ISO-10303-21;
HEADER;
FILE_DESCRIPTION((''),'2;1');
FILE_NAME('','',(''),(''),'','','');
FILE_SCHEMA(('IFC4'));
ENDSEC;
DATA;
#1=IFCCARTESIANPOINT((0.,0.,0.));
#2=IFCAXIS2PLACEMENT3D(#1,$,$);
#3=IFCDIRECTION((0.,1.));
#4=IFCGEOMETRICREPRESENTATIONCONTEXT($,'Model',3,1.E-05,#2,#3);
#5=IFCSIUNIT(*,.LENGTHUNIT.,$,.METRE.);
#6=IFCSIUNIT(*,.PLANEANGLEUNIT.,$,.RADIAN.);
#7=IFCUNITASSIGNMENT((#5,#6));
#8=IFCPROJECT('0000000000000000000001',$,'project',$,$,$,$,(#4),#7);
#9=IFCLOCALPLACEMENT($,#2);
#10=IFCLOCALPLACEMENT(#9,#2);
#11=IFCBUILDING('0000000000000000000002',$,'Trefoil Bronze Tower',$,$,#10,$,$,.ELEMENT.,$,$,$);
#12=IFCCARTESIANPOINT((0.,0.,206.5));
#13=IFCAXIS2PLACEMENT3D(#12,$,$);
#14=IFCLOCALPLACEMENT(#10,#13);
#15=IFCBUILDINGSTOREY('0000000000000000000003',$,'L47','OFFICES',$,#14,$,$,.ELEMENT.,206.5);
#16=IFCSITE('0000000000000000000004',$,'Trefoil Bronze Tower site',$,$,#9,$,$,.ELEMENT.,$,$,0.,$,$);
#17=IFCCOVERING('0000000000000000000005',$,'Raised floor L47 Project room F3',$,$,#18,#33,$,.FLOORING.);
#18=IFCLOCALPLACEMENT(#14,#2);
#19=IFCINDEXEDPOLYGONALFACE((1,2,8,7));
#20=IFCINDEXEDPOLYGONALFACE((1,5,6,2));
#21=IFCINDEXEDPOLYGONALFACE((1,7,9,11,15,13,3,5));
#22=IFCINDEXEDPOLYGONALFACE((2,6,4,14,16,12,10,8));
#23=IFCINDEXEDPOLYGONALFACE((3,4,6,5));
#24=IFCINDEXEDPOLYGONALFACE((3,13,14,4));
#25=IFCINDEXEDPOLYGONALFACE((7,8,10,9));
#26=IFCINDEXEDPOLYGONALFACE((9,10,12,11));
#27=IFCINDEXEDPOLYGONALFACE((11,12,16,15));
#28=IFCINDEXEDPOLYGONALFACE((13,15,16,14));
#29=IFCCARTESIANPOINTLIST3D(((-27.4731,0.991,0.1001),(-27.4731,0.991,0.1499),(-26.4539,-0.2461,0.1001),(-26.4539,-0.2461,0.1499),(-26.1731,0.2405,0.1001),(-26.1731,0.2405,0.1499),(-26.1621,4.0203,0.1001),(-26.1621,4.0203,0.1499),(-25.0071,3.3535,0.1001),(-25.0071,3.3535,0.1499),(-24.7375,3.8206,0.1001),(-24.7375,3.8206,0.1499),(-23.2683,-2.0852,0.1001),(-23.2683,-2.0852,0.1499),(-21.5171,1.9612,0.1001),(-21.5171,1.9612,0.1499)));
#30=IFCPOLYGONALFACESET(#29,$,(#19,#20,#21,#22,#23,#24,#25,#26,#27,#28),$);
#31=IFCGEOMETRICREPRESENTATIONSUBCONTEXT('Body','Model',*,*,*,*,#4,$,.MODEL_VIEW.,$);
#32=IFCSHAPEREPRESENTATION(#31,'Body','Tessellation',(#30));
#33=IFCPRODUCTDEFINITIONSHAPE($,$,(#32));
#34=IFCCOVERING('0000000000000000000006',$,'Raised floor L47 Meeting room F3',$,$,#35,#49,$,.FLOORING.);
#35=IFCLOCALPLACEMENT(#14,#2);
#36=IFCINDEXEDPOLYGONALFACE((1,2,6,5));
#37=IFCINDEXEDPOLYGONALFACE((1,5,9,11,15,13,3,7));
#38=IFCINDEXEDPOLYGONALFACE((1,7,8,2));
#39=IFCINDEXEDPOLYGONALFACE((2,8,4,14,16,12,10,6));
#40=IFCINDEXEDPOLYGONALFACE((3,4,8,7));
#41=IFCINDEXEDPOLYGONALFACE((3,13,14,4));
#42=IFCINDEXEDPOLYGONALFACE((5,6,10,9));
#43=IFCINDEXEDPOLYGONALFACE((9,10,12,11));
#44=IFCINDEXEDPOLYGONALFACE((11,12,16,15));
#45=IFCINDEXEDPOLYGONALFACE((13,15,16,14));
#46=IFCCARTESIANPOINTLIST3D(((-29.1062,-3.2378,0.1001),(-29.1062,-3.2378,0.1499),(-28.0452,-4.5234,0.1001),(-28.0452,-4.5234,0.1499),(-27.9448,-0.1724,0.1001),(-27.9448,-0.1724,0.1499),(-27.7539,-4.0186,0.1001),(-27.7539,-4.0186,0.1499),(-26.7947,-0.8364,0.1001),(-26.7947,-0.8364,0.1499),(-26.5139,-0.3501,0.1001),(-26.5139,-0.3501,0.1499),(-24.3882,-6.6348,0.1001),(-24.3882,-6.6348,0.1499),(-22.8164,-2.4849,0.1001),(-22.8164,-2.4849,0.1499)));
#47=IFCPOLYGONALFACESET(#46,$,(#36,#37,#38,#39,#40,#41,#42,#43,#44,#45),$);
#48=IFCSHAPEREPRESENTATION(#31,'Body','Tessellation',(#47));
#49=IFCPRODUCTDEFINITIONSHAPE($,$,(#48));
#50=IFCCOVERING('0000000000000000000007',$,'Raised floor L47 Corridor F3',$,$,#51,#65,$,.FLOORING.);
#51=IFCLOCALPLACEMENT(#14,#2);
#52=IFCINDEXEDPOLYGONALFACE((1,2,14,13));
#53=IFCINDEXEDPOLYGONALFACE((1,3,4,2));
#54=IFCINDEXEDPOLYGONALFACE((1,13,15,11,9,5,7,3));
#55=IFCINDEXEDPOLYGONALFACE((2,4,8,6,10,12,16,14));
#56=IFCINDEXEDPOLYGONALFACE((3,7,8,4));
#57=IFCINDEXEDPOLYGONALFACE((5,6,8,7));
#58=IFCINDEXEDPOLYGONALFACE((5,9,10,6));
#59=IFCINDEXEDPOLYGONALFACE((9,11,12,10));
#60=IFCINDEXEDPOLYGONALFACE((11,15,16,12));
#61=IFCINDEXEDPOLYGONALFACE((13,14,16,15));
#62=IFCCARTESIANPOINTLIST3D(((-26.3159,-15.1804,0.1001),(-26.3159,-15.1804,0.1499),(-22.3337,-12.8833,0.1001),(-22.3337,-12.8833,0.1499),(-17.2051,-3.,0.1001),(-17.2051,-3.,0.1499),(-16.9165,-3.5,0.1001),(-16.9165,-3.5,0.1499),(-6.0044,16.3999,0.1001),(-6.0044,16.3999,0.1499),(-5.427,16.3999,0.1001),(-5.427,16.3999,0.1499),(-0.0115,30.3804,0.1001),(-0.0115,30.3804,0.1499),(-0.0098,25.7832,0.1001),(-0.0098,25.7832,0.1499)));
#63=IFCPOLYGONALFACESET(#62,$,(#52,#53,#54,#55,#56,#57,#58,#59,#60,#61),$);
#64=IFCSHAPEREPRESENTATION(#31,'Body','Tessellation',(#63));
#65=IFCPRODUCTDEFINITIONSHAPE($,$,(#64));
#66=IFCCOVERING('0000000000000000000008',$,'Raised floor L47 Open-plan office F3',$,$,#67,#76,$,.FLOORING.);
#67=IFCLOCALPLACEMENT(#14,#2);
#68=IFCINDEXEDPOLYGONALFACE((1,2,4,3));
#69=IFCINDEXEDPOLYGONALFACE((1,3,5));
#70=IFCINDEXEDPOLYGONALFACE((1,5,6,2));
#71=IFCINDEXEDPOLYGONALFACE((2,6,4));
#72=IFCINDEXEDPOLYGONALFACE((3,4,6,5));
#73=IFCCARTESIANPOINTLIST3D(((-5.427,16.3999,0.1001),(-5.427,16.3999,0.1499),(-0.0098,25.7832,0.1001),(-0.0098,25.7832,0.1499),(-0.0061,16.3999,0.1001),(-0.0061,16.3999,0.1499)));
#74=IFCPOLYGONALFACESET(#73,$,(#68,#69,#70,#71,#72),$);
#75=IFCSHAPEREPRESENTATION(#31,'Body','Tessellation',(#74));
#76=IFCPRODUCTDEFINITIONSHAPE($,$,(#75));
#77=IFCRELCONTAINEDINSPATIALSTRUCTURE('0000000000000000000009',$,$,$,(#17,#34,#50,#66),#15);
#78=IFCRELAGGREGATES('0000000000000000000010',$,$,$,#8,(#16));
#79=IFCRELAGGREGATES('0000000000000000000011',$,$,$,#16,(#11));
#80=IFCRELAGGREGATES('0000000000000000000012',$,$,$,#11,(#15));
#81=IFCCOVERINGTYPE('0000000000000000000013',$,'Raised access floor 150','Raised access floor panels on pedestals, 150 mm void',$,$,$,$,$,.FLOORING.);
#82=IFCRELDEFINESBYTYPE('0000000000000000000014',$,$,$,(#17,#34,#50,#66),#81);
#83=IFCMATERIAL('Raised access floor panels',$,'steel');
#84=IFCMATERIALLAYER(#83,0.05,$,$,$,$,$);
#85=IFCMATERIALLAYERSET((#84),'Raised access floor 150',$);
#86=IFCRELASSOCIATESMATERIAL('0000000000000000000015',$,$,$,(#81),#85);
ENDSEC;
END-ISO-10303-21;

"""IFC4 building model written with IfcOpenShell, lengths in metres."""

from ifc_helpers import new_model, si_unit, direction, frame, origin, place, context, subcontext, project, spatial, polyline, outline, extrude, material, layer, layer_set, type_object, element, save


model = new_model("IFC4")

# Units and contexts
model_context = context("Model", 3, precision=1e-05, world=origin(), true_north=direction((0.0, 1.0)))
body_context = subcontext(model_context, "Body", "Model", "MODEL_VIEW")
ifc_project = project(units=[si_unit("LENGTHUNIT", "METRE"), si_unit("PLANEANGLEUNIT", "RADIAN")], contexts=[model_context])

# Site, building, storey
site_placement = place(None, origin())
site = spatial("IfcSite", under=ifc_project, at=site_placement, Name="Trefoil Bronze Tower site", CompositionType="ELEMENT", RefElevation=0.0)
building_placement = place(site_placement, origin())
building = spatial("IfcBuilding", under=site, at=building_placement, Name="Trefoil Bronze Tower", CompositionType="ELEMENT")
storey_placement = place(building_placement, frame((0.0, 0.0, 206.5)))
storey = spatial("IfcBuildingStorey", under=building, at=storey_placement, Name="L47", Description="OFFICES", CompositionType="ELEMENT", Elevation=206.5)

# Coverings
ifc_material_1 = material(Name="Raised access floor panels", Category="steel")
ifc_layer_1 = layer(ifc_material_1, 0.05)
ifc_layer_set_1 = layer_set([ifc_layer_1], Name="Raised access floor 150")
covering_type_1 = type_object("IfcCoveringType", Name="Raised access floor 150", Description="Raised access floor panels on pedestals, 150 mm void", PredefinedType="FLOORING", material=ifc_layer_set_1)
covering_1_placement = place(storey_placement, frame((0.0, 0.0, 0.1001)))
element("IfcCovering", 1, at=covering_1_placement, inside=storey, type_object=covering_type_1, Name="Raised floor L47 Project room F3", PredefinedType="FLOORING", context=body_context, shape_type="SweptSolid", body=[
    extrude(outline(polyline([(-21.5171, 1.9612), (-23.2683, -2.0852), (-26.4539, -0.2461), (-26.1731, 0.2405), (-27.4731, 0.991), (-26.1621, 4.0203), (-25.0071, 3.3535), (-24.7375, 3.8206), (-21.5171, 1.9612)])), origin(), (0.0, 0.0, 1.0), 0.0498),
])
covering_2_placement = place(storey_placement, frame((0.0, 0.0, 0.1001)))
element("IfcCovering", 2, at=covering_2_placement, inside=storey, type_object=covering_type_1, Name="Raised floor L47 Meeting room F3", PredefinedType="FLOORING", context=body_context, shape_type="SweptSolid", body=[
    extrude(outline(polyline([(-22.8164, -2.4849), (-24.3882, -6.6348), (-28.0452, -4.5234), (-27.7539, -4.0186), (-29.1062, -3.2378), (-27.9448, -0.1724), (-26.7947, -0.8364), (-26.5139, -0.3501), (-22.8164, -2.4849)])), origin(), (0.0, 0.0, 1.0), 0.0498),
])
covering_3_placement = place(storey_placement, frame((0.0, 0.0, 0.1001)))
element("IfcCovering", 3, at=covering_3_placement, inside=storey, type_object=covering_type_1, Name="Raised floor L47 Corridor F3", PredefinedType="FLOORING", context=body_context, shape_type="SweptSolid", body=[
    extrude(outline(polyline([(-26.3159, -15.1804), (-0.0115, 30.3804), (-0.0098, 25.7832), (-5.427, 16.3999), (-6.0044, 16.3999), (-17.2051, -3.0), (-16.9165, -3.5), (-22.3337, -12.8833), (-26.3159, -15.1804)])), origin(), (0.0, 0.0, 1.0), 0.0498),
])
covering_4_placement = place(storey_placement, frame((0.0, 0.0, 0.1001)))
element("IfcCovering", 4, at=covering_4_placement, inside=storey, type_object=covering_type_1, Name="Raised floor L47 Open-plan office F3", PredefinedType="FLOORING", context=body_context, shape_type="SweptSolid", body=[
    extrude(outline(polyline([(-0.0098, 25.7832), (-0.0061, 16.3999), (-5.427, 16.3999), (-0.0098, 25.7832)])), origin(), (0.0, 0.0, 1.0), 0.0498),
])

save(model, "model.ifc")
